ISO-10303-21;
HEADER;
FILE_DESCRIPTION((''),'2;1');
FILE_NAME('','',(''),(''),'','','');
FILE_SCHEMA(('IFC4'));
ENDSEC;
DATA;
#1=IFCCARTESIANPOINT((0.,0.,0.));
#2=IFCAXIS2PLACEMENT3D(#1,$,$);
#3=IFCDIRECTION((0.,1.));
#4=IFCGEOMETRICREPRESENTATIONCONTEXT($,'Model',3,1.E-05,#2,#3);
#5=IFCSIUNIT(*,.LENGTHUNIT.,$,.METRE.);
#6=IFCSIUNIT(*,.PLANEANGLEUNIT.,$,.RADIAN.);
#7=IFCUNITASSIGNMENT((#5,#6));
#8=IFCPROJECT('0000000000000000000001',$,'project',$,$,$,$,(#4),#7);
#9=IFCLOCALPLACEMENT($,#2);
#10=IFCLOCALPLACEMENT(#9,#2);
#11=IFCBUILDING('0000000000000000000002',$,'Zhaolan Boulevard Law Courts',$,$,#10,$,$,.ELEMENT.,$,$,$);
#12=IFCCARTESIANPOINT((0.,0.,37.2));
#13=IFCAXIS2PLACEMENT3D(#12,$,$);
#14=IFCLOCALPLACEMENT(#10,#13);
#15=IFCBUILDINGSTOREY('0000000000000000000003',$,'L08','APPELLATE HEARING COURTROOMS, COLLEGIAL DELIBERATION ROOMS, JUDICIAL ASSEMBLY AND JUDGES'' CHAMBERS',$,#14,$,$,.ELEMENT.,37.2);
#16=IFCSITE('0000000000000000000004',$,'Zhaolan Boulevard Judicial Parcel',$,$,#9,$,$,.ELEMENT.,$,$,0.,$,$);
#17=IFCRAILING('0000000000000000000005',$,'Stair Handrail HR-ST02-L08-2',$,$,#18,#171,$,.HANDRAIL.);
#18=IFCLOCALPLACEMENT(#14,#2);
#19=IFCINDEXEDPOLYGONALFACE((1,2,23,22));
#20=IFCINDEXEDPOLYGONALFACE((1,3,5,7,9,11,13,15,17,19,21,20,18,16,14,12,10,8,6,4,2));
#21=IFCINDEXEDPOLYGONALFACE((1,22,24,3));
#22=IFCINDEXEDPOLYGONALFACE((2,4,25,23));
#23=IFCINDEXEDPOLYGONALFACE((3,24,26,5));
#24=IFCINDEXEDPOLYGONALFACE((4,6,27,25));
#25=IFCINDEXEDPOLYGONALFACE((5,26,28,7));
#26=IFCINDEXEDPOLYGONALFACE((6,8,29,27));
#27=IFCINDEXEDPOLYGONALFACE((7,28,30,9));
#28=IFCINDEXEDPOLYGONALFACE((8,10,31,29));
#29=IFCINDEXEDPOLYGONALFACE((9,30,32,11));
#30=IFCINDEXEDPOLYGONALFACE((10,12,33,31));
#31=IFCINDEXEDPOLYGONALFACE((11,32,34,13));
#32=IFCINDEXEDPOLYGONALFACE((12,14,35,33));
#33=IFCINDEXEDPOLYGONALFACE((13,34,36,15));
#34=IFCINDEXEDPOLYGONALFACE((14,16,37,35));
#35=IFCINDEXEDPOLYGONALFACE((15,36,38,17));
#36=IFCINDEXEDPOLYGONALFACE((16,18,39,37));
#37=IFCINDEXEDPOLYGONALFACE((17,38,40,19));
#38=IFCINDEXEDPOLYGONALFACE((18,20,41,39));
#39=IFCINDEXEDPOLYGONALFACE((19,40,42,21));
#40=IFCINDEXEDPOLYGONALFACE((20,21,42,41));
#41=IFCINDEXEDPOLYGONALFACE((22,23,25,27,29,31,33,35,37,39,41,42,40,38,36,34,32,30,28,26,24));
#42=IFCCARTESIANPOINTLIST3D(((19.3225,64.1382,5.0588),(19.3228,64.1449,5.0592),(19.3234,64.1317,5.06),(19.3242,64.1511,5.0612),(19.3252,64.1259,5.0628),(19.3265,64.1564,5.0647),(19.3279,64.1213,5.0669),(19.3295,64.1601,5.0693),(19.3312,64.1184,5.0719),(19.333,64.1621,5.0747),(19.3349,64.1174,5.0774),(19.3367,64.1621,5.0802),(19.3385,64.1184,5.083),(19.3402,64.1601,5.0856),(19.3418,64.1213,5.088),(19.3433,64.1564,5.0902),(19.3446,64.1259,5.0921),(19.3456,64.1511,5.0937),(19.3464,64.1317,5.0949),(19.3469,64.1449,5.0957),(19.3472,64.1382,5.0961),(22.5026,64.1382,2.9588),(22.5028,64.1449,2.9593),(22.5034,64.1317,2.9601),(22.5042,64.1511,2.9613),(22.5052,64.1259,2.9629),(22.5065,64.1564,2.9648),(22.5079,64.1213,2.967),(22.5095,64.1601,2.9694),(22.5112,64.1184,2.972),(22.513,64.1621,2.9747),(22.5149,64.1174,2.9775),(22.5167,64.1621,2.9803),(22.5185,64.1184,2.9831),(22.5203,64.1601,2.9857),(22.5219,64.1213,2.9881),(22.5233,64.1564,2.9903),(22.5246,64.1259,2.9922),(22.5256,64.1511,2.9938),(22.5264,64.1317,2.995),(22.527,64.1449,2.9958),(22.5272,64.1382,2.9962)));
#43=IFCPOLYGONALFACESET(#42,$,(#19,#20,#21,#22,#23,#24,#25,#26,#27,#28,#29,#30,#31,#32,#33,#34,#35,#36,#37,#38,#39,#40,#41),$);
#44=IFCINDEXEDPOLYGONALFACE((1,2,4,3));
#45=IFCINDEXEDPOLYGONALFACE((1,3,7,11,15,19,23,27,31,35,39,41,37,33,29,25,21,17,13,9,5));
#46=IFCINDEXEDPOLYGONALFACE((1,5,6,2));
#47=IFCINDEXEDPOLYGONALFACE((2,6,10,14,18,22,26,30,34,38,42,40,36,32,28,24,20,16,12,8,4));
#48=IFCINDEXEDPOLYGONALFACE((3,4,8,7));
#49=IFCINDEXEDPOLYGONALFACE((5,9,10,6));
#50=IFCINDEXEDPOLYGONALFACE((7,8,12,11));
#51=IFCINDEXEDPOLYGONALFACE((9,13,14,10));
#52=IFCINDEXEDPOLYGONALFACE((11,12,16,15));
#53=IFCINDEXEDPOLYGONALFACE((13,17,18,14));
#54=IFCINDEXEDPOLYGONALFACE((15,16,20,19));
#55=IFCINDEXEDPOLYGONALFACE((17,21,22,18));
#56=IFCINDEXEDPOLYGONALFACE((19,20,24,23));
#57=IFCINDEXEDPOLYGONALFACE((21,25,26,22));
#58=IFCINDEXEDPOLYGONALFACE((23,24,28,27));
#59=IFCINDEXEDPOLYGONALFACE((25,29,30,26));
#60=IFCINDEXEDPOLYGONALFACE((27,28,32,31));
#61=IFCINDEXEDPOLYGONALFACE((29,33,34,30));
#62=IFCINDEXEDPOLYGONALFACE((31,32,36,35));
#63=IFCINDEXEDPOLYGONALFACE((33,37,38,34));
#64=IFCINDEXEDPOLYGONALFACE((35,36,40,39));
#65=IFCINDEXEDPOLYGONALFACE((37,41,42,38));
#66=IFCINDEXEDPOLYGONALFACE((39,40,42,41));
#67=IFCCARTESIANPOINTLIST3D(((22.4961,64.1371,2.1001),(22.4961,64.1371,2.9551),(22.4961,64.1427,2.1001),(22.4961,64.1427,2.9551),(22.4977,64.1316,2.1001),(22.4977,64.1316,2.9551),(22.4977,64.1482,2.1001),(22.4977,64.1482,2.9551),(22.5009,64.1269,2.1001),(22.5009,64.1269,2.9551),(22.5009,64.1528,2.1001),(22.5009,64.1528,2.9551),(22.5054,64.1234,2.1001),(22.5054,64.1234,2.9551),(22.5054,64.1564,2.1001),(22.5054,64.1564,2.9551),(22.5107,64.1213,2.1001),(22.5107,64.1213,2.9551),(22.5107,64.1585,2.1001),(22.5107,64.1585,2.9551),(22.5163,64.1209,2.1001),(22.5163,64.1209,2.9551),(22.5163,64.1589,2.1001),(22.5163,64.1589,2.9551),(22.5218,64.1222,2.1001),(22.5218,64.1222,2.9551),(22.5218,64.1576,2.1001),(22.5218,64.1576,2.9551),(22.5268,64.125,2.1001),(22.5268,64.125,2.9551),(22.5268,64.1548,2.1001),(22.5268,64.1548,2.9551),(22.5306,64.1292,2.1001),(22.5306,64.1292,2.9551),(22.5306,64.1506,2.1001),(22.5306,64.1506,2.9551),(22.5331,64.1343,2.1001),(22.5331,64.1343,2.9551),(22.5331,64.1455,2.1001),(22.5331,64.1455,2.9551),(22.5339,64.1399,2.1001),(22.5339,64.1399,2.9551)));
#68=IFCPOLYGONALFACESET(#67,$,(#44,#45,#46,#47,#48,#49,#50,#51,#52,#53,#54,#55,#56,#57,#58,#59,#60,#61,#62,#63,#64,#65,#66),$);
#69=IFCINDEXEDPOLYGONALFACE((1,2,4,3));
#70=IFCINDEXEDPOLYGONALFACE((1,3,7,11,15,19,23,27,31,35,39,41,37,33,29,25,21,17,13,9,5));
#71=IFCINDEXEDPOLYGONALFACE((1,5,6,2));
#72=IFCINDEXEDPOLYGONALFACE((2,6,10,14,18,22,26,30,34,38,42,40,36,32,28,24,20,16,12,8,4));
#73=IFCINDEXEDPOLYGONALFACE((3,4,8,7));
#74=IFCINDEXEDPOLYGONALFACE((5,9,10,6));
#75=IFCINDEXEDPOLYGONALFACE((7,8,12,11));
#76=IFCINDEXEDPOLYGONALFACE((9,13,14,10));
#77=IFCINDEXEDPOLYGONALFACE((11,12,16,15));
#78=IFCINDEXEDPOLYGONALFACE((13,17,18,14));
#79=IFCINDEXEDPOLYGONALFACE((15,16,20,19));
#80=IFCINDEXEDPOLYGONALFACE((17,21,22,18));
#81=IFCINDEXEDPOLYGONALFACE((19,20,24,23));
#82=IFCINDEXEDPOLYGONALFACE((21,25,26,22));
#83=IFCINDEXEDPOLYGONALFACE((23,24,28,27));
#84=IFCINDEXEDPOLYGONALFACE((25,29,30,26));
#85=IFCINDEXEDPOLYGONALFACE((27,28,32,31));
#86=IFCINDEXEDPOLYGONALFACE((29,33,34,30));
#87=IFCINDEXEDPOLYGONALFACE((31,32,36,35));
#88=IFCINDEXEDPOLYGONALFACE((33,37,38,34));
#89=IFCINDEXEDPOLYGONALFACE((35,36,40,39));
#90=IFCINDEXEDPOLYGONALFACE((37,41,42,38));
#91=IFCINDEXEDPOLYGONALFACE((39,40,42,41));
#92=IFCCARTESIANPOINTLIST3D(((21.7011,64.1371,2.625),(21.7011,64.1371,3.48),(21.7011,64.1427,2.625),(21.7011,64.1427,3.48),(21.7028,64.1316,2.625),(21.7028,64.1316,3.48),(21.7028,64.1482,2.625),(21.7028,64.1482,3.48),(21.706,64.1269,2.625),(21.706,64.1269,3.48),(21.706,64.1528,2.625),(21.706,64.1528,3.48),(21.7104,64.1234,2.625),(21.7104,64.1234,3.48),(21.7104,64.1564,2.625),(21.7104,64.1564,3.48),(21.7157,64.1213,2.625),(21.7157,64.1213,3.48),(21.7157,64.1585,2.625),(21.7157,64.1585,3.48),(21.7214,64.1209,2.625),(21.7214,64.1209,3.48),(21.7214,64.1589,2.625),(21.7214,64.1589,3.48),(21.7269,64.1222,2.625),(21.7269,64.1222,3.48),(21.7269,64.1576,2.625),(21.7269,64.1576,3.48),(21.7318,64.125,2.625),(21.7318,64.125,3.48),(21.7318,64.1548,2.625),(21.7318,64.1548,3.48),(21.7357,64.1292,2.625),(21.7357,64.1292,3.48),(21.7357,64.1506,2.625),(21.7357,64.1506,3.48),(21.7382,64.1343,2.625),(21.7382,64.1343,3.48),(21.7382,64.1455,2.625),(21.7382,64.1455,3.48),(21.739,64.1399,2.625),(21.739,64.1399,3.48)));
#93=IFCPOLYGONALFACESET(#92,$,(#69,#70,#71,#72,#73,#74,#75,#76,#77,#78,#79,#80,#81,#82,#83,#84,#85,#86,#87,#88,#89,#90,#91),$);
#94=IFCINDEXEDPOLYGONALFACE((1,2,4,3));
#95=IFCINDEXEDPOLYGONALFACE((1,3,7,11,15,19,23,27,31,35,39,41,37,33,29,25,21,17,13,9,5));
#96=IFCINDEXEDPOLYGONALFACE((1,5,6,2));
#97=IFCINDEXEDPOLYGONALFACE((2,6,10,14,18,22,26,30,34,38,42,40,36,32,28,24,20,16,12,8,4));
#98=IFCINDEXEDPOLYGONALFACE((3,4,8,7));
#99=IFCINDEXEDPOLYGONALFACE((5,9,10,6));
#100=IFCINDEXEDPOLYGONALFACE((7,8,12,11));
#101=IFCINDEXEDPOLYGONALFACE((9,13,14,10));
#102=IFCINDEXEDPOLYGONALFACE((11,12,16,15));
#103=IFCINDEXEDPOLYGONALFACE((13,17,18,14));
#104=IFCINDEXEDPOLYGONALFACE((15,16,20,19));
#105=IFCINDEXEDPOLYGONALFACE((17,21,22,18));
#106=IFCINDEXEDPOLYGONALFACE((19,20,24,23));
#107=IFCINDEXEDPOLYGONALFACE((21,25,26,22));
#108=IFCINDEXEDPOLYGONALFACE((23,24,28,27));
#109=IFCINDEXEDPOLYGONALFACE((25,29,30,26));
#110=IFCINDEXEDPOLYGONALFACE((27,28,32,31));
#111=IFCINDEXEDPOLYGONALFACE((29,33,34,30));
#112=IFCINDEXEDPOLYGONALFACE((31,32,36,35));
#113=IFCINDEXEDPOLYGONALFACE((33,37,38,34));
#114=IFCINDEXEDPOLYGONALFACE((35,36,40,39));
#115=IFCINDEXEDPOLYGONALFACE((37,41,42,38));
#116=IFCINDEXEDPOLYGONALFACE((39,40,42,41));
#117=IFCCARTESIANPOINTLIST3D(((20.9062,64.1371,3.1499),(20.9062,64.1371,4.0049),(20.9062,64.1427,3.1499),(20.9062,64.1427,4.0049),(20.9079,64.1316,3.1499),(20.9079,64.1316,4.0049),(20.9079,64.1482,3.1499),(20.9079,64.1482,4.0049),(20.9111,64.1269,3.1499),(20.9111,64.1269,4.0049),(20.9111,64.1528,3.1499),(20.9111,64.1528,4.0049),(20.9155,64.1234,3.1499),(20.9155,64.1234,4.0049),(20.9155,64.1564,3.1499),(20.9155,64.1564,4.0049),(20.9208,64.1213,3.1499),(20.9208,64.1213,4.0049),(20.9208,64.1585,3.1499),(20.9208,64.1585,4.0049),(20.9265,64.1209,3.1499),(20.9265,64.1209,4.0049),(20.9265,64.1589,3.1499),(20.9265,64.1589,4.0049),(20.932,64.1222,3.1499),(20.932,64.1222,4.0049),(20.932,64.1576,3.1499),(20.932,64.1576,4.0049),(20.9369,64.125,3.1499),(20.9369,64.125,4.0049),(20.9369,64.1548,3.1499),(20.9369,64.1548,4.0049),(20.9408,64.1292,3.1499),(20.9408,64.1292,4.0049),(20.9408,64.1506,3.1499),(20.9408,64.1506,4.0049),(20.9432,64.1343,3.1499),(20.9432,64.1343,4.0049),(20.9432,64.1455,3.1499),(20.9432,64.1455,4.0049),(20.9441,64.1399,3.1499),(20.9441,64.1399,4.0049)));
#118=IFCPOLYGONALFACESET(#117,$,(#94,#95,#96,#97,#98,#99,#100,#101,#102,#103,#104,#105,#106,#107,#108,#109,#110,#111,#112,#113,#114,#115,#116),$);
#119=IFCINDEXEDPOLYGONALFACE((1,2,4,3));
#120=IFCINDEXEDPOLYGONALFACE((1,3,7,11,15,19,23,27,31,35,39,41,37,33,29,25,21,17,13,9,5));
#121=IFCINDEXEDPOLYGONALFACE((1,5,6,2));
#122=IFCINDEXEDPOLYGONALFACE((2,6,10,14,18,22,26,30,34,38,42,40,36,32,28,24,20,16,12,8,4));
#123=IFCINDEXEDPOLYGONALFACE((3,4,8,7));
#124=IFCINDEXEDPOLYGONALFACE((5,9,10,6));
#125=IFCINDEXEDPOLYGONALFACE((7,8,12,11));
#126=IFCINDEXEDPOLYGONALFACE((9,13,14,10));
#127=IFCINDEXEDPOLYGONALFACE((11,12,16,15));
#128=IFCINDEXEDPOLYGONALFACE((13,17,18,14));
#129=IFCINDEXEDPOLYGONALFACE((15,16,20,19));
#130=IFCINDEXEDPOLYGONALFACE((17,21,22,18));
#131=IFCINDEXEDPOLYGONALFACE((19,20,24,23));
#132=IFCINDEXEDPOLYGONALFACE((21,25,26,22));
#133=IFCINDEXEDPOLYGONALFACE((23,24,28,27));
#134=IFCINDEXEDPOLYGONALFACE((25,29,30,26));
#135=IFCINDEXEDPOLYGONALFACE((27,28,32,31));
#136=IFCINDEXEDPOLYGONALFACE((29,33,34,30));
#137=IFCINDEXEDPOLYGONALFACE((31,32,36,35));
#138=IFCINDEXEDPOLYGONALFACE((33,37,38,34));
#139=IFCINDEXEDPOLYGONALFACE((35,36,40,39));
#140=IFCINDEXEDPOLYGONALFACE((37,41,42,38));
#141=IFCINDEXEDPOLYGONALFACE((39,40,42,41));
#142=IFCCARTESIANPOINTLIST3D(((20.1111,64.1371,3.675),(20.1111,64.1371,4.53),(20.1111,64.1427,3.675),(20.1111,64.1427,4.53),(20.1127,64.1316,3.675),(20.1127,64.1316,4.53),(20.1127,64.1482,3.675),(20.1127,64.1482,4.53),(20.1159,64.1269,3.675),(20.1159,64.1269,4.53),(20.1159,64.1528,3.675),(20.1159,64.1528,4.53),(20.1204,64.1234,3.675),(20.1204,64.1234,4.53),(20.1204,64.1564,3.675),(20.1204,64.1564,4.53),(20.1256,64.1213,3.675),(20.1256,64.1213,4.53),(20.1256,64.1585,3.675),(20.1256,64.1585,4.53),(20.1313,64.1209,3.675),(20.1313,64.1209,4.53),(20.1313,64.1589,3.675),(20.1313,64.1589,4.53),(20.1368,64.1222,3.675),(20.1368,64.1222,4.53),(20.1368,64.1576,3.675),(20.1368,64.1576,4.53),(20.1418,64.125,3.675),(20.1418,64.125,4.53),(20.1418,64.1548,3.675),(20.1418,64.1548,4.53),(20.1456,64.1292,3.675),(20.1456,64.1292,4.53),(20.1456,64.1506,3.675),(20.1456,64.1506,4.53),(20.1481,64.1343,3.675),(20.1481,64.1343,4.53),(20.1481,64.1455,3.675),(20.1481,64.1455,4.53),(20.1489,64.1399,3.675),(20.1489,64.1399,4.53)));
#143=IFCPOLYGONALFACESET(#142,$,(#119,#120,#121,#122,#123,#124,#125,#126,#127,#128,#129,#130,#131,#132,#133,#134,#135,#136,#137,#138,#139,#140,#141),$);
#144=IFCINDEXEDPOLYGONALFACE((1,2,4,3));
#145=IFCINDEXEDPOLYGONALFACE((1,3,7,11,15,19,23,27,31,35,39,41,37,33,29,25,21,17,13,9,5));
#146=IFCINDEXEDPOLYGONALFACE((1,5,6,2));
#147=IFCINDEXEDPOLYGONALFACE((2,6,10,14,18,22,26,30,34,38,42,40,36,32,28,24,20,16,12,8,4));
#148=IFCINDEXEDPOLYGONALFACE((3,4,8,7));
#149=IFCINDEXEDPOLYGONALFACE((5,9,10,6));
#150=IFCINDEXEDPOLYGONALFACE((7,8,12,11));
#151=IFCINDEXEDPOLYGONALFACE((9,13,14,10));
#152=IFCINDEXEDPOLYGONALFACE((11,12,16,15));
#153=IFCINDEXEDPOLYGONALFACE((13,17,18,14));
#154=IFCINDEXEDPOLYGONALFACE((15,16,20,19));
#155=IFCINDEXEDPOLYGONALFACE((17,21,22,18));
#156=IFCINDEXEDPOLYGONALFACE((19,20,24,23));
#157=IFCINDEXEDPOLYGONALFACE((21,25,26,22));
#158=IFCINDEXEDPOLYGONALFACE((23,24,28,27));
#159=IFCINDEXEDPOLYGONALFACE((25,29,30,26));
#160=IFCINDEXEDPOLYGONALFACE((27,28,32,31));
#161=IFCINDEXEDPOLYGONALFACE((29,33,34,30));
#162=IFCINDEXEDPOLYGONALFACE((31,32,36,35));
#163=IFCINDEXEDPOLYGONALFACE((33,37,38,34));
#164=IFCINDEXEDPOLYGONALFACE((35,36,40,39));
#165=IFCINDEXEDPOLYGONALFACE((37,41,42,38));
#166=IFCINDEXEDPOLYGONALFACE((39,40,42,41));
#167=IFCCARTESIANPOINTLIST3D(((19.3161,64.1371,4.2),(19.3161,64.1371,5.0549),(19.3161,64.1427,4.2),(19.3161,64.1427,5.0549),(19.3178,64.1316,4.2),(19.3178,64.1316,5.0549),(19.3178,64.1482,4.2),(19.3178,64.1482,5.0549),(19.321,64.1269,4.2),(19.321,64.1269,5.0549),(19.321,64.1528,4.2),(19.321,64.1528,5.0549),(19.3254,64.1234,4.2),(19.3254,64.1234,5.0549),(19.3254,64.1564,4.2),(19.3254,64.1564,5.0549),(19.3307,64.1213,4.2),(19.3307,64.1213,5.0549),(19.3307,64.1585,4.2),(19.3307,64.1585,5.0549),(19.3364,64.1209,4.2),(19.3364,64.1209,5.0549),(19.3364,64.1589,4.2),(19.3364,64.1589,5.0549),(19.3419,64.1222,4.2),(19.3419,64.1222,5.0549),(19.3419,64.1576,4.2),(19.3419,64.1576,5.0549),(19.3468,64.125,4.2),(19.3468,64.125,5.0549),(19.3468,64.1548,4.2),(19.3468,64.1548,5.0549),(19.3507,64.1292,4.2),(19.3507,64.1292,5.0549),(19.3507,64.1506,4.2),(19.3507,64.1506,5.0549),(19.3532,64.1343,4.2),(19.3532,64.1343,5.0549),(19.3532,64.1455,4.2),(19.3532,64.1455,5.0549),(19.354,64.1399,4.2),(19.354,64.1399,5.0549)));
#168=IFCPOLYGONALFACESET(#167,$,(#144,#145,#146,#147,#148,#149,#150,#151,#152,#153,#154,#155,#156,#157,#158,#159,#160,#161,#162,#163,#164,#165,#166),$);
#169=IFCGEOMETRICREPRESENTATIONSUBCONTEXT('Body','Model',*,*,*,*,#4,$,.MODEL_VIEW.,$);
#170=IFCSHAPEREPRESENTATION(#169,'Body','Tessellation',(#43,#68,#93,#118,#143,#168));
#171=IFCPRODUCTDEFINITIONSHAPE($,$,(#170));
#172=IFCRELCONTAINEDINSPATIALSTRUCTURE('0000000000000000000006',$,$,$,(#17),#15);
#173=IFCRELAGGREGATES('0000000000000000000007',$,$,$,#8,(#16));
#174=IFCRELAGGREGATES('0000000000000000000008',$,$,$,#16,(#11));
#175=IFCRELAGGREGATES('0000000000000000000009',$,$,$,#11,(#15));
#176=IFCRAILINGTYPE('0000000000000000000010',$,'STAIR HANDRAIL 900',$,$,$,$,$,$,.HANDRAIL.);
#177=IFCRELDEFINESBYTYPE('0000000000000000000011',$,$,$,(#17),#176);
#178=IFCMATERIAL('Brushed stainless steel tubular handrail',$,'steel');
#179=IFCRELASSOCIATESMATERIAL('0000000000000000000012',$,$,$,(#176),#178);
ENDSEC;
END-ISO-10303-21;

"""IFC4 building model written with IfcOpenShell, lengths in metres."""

from ifc_helpers import new_model, si_unit, direction, frame, origin, origin_2d, place, context, subcontext, project, spatial, circle, extrude, material, type_object, element, save


model = new_model("IFC4")

# Units and contexts
model_context = context("Model", 3, precision=1e-05, world=origin(), true_north=direction((0.0, 1.0)))
body_context = subcontext(model_context, "Body", "Model", "MODEL_VIEW")
ifc_project = project(units=[si_unit("LENGTHUNIT", "METRE"), si_unit("PLANEANGLEUNIT", "RADIAN")], contexts=[model_context])

# Site, building, storey
site_placement = place(None, origin())
site = spatial("IfcSite", under=ifc_project, at=site_placement, Name="Zhaolan Boulevard Judicial Parcel", CompositionType="ELEMENT", RefElevation=0.0)
building_placement = place(site_placement, origin())
building = spatial("IfcBuilding", under=site, at=building_placement, Name="Zhaolan Boulevard Law Courts", CompositionType="ELEMENT")
storey_placement = place(building_placement, frame((0.0, 0.0, 37.2)))
storey = spatial("IfcBuildingStorey", under=building, at=storey_placement, Name="L08", Description="APPELLATE HEARING COURTROOMS, COLLEGIAL DELIBERATION ROOMS, JUDICIAL ASSEMBLY AND JUDGES' CHAMBERS", CompositionType="ELEMENT", Elevation=37.2)

# Railing
ifc_material_1 = material(Name="Brushed stainless steel tubular handrail", Category="steel")
railing_type_1 = type_object("IfcRailingType", Name="STAIR HANDRAIL 900", PredefinedType="HANDRAIL", material=ifc_material_1)
railing_1_placement = place(storey_placement, frame((22.5149, 64.1399, 2.1001)))
element("IfcRailing", 1, at=railing_1_placement, inside=storey, type_object=railing_type_1, Name="Stair Handrail HR-ST02-L08-2", PredefinedType="HANDRAIL", context=body_context, shape_type="SweptSolid", body=[
    extrude(circle(Radius=0.0225, at=origin_2d()), frame((0.0, 0.0, 0.8774), z_axis=(-0.834477, 0.0, 0.551043), x_axis=(0.0, -1.0, 0.0)), (0.0, 0.0, 1.0), 3.8108),
    extrude(circle(Radius=0.019, at=origin_2d()), origin(), (0.0, 0.0, 1.0), 0.855),
    extrude(circle(Radius=0.019, at=origin_2d()), frame((-0.7949, 0.0, 0.5249)), (0.0, 0.0, 1.0), 0.855),
    extrude(circle(Radius=0.019, at=origin_2d()), frame((-1.5898, 0.0, 1.0498)), (0.0, 0.0, 1.0), 0.855),
    extrude(circle(Radius=0.019, at=origin_2d()), frame((-2.385, 0.0, 1.575)), (0.0, 0.0, 1.0), 0.855),
    extrude(circle(Radius=0.019, at=origin_2d()), frame((-3.1799, 0.0, 2.0999)), (0.0, 0.0, 1.0), 0.855),
])

save(model, "model.ifc")
